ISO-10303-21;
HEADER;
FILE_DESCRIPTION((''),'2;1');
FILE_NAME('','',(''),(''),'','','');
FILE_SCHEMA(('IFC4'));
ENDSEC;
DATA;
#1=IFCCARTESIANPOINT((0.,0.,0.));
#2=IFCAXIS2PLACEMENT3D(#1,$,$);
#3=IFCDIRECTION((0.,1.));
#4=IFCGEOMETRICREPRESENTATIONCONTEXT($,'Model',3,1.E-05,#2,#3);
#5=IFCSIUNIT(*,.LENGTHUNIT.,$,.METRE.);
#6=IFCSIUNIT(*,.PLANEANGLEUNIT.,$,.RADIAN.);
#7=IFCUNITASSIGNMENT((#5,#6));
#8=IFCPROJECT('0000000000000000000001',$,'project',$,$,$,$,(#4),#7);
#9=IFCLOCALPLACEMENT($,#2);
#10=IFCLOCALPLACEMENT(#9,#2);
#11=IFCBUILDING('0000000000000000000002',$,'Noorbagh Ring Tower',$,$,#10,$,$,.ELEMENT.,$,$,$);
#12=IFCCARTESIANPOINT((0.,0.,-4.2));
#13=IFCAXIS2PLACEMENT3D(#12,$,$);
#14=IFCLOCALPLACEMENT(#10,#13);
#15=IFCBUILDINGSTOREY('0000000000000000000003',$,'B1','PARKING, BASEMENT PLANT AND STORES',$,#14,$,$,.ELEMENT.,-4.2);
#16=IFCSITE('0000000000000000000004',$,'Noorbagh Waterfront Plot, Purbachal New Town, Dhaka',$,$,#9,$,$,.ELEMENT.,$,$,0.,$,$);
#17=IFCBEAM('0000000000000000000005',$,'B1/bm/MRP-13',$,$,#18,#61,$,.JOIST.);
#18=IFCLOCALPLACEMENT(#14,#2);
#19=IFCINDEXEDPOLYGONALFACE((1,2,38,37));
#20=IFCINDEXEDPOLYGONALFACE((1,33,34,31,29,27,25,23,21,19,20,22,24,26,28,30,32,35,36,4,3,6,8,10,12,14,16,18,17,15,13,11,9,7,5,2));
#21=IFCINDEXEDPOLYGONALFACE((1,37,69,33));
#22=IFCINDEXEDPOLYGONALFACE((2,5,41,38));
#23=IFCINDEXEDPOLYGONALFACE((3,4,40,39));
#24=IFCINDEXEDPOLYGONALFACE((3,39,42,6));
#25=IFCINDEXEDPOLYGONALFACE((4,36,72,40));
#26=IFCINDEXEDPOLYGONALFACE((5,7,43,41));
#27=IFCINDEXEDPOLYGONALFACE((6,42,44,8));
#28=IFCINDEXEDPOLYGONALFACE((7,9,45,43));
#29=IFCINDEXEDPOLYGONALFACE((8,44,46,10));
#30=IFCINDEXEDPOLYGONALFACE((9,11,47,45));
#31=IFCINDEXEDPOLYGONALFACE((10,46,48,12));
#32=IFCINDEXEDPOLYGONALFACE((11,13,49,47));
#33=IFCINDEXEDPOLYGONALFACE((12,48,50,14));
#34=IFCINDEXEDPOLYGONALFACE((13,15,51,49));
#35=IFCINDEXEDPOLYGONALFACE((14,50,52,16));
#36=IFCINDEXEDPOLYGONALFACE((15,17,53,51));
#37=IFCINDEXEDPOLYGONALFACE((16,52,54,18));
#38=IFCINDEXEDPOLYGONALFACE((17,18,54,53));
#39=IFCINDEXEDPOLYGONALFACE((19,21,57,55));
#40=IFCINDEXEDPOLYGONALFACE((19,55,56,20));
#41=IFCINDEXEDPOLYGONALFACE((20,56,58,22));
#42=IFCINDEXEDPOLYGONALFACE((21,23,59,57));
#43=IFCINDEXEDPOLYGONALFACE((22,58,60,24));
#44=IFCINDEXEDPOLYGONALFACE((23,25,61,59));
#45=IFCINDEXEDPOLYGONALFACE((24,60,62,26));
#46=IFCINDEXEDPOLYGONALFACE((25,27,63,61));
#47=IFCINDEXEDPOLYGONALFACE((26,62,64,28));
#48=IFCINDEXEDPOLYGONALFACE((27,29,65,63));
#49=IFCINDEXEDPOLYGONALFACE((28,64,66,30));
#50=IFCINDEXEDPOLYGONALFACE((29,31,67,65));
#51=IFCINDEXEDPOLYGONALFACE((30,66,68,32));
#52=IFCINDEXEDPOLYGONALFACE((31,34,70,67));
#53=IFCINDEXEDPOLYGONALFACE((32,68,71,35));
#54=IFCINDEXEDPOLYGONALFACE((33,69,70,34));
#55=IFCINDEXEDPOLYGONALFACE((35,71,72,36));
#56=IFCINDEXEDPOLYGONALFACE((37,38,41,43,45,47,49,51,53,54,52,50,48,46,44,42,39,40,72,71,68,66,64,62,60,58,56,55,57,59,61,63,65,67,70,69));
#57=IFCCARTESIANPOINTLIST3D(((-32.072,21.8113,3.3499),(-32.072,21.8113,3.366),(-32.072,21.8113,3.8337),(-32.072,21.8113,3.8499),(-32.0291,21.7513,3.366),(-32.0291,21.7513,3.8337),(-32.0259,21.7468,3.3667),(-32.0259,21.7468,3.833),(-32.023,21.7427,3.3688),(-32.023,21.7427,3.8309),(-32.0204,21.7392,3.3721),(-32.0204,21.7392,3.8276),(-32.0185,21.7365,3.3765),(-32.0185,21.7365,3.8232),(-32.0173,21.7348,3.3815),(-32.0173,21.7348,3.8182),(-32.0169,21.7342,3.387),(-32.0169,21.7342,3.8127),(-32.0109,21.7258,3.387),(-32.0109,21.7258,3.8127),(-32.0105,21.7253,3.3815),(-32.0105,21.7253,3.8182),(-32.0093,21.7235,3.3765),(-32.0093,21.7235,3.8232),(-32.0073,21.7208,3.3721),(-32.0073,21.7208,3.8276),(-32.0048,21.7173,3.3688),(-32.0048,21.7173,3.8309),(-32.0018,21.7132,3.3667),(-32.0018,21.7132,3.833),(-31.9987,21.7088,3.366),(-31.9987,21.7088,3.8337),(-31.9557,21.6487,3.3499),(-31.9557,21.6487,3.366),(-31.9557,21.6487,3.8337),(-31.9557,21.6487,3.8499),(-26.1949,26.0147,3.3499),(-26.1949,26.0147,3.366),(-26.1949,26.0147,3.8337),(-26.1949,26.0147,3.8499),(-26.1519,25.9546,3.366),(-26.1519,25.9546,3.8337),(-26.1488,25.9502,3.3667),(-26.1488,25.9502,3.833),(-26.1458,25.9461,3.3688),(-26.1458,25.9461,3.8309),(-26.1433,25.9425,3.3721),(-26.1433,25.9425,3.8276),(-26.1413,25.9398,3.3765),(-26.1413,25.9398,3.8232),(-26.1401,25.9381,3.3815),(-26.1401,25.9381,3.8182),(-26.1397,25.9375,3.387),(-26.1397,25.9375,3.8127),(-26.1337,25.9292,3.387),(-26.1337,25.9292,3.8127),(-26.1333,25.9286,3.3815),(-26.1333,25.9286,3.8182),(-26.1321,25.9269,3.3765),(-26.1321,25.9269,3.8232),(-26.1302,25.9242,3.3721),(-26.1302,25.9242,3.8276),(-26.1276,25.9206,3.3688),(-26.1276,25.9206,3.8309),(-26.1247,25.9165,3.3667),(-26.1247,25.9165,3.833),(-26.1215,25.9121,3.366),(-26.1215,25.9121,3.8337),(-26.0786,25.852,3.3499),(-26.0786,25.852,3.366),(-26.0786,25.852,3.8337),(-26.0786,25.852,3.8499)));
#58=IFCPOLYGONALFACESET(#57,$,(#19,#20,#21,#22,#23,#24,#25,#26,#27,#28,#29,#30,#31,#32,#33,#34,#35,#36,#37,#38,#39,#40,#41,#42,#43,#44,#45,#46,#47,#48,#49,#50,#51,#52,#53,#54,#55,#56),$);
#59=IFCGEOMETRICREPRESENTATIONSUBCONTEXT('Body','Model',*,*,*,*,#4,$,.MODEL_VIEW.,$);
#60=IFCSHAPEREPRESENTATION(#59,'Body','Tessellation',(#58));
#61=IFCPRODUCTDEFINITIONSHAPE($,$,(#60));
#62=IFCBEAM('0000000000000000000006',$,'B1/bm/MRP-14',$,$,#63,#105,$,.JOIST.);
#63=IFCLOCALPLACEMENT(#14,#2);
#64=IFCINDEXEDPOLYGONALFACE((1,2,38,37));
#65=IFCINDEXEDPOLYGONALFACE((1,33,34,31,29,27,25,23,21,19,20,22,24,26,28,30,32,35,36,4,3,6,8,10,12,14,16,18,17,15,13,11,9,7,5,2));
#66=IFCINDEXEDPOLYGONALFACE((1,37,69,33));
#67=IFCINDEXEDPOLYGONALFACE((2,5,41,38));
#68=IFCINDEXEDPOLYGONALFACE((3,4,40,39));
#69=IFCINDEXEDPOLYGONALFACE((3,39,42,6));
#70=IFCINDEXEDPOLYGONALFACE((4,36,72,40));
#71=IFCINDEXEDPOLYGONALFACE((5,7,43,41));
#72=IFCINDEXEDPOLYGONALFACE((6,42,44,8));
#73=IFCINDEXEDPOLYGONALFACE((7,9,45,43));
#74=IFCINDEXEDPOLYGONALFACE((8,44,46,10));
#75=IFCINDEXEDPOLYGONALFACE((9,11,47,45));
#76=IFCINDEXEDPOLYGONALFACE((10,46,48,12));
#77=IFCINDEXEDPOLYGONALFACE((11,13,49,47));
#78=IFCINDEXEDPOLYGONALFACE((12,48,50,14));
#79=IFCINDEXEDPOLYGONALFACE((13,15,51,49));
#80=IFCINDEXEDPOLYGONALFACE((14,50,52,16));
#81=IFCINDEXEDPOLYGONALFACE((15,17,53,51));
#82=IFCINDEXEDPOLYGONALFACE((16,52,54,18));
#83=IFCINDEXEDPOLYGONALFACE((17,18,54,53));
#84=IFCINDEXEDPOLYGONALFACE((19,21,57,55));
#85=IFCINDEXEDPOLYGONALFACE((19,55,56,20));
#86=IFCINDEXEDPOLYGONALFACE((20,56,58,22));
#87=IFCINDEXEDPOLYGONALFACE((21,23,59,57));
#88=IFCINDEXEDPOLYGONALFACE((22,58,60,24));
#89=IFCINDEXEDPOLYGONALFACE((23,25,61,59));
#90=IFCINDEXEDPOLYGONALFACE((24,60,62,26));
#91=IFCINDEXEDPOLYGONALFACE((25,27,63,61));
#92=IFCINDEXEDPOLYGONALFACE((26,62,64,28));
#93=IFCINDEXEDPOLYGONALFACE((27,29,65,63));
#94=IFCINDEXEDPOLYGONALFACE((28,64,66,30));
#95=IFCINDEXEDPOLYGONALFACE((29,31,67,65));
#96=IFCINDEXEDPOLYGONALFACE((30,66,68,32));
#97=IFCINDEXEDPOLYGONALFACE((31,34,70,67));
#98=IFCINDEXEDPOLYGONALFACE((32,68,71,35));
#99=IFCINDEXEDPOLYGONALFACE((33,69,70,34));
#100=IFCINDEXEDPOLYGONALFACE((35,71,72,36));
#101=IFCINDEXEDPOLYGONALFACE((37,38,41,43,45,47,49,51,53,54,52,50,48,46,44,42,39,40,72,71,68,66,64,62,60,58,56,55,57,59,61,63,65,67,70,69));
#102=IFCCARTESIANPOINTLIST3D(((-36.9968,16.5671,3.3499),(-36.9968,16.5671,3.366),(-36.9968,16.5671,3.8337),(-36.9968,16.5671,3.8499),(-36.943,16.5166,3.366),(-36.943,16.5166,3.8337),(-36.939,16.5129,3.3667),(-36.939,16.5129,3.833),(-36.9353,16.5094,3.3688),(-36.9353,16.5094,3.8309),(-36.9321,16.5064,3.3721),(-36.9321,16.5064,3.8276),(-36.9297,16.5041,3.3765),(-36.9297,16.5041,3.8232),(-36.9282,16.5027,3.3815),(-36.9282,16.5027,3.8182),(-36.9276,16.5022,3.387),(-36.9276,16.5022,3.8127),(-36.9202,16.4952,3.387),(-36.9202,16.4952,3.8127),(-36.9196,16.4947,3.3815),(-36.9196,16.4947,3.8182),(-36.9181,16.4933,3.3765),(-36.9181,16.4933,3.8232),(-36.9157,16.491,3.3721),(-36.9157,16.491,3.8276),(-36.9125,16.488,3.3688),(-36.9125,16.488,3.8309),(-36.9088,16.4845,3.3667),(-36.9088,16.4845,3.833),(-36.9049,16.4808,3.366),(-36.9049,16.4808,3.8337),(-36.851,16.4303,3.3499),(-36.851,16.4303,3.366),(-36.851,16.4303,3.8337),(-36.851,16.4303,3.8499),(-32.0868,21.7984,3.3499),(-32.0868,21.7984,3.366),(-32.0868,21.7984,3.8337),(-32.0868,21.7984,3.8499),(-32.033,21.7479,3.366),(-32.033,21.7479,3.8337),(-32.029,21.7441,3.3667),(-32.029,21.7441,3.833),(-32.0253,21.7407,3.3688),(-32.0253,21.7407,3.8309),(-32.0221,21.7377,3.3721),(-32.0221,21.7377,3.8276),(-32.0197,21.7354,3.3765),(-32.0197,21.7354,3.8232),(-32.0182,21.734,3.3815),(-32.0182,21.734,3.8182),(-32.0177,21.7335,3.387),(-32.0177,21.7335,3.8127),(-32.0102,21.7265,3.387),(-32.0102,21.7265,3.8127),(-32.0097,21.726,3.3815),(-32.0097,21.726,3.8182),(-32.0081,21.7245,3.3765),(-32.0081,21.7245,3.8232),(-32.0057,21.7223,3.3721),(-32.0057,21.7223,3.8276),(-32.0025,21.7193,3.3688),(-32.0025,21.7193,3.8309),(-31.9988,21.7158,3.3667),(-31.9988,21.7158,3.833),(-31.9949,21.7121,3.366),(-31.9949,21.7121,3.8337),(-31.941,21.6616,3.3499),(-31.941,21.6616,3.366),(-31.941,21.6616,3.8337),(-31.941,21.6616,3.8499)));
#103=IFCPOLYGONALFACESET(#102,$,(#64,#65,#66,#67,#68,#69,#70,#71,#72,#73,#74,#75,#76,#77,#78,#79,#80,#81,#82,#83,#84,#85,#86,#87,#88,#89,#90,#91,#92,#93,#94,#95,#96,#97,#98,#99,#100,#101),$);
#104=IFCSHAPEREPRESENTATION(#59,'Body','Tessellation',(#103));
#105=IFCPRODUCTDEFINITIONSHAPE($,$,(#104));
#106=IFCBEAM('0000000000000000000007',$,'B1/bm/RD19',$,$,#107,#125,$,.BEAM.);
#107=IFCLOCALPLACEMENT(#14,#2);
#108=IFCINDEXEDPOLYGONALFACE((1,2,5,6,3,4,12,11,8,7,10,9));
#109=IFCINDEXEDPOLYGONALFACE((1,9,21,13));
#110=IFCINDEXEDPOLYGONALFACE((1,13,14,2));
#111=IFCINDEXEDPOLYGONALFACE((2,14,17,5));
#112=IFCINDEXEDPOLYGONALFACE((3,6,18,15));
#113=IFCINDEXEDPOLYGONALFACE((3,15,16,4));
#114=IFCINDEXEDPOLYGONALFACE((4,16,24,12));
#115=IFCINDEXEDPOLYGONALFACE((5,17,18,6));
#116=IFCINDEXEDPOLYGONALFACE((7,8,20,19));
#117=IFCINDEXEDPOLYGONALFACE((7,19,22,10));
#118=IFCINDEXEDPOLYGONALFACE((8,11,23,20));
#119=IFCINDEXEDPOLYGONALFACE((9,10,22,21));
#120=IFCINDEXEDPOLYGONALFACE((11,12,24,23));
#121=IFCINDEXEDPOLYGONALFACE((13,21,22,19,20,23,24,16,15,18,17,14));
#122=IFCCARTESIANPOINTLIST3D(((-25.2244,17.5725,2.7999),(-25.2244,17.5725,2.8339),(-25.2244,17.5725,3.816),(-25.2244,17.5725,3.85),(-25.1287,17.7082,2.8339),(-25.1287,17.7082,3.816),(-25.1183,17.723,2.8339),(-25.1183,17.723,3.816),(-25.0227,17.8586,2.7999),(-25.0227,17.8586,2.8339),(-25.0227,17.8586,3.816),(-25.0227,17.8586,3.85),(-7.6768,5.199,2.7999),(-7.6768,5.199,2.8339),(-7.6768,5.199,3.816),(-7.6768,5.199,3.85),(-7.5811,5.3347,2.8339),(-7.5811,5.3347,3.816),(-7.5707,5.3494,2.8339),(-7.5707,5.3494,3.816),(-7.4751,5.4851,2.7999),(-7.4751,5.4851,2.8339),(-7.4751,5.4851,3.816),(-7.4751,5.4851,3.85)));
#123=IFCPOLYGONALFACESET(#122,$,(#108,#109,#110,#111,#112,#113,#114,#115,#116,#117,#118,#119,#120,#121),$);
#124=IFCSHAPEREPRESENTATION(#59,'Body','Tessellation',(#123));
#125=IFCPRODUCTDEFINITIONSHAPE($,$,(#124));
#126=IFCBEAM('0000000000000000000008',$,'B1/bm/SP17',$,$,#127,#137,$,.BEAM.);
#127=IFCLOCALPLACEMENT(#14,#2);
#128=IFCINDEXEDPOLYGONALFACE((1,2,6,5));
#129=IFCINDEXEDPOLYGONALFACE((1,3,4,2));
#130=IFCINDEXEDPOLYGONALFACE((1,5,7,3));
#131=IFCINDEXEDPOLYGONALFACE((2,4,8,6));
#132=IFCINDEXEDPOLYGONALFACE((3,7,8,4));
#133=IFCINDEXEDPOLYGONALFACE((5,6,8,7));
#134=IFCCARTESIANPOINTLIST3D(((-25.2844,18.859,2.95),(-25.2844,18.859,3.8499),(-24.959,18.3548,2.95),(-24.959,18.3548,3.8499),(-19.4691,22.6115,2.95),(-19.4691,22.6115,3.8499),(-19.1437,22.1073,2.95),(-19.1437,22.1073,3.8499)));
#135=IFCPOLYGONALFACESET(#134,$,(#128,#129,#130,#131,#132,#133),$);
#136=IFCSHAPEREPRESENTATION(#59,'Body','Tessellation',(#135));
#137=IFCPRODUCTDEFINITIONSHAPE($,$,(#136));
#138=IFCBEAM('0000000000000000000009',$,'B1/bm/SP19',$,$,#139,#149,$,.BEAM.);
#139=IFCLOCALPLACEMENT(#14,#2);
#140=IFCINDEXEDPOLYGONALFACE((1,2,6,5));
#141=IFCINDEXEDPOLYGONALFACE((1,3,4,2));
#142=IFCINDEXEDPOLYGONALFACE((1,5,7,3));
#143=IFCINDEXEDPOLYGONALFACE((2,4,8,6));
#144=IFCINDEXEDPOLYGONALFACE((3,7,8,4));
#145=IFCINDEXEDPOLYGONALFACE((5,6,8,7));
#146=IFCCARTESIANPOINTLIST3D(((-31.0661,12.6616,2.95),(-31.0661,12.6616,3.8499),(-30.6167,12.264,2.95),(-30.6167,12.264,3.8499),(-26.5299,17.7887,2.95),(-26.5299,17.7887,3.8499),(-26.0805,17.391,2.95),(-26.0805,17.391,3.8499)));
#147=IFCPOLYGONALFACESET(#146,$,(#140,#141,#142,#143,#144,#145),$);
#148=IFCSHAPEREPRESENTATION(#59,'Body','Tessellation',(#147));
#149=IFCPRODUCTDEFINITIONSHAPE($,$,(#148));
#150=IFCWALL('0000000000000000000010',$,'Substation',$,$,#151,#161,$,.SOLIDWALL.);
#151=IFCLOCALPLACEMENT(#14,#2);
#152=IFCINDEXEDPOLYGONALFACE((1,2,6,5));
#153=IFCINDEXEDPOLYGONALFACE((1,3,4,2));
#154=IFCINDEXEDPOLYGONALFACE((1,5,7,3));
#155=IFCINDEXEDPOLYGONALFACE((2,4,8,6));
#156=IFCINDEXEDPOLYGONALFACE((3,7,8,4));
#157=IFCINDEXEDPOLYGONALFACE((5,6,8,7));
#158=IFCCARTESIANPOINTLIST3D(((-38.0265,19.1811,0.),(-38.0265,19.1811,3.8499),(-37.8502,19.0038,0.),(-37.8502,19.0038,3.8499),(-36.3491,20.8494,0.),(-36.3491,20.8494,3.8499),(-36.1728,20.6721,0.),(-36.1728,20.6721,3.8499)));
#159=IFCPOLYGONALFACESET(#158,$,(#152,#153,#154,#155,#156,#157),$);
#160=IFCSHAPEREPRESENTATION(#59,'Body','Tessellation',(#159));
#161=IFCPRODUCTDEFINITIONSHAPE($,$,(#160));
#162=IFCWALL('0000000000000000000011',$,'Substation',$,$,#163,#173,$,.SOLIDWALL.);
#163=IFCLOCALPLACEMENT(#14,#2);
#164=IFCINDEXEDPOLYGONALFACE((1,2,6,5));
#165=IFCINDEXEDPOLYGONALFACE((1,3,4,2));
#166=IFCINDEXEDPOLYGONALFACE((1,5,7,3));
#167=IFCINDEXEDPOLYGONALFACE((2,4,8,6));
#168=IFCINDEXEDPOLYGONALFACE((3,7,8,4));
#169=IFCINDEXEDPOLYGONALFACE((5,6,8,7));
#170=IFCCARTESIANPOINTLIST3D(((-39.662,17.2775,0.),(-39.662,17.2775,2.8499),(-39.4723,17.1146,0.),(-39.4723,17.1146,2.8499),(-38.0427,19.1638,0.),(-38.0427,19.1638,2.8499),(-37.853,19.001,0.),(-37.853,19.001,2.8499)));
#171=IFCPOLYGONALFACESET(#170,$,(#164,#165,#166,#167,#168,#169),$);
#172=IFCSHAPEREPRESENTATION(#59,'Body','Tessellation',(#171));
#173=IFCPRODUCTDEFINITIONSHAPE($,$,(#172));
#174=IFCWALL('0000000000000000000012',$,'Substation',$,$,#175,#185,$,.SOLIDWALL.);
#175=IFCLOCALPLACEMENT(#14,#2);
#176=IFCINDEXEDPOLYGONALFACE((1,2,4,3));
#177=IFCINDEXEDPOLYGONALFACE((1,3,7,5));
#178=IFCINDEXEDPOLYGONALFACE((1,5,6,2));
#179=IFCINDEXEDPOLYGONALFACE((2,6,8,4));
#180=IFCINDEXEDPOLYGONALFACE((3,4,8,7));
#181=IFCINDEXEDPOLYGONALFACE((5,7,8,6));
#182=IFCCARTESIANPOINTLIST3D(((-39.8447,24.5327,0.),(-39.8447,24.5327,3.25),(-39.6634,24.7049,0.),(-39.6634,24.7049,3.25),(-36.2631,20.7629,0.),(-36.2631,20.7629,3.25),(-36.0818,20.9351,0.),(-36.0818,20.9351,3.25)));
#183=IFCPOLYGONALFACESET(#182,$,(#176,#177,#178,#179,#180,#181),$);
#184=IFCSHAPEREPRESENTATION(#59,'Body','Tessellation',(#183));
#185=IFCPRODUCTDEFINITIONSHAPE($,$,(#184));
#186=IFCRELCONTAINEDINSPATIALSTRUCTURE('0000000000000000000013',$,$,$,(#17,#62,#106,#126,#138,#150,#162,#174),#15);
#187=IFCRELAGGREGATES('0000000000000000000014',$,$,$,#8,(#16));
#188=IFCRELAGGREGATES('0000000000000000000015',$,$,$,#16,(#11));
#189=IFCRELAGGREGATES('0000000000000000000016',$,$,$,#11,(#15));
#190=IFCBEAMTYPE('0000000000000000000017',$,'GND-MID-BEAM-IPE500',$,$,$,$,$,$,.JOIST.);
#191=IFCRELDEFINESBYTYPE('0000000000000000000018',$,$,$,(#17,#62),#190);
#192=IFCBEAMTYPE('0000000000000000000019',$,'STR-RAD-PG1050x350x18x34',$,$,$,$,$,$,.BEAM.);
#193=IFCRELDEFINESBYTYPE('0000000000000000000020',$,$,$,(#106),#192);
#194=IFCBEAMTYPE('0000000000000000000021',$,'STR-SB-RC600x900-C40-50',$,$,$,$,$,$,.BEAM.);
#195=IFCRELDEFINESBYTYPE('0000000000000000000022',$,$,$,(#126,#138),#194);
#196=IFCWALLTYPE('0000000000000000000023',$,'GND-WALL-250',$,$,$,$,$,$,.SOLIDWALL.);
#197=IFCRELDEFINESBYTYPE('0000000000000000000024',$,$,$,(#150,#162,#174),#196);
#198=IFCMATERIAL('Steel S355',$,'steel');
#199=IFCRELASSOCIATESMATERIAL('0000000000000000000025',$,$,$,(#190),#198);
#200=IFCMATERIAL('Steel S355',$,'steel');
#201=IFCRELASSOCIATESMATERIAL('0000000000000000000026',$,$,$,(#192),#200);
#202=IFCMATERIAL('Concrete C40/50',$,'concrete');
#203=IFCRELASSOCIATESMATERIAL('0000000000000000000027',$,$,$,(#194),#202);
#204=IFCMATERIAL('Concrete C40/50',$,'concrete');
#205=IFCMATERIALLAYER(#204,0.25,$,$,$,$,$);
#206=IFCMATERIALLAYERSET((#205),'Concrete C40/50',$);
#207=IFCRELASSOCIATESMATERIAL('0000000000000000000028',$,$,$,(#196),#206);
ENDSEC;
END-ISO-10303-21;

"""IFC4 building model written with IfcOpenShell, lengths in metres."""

from ifc_helpers import new_model, si_unit, direction, frame, frame_2d, origin, origin_2d, place, context, subcontext, project, spatial, rectangle, i_section, extrude, material, layer, layer_set, material_profile, profile_set, type_object, element, save


model = new_model("IFC4")

# Units and contexts
model_context = context("Model", 3, precision=1e-05, world=origin(), true_north=direction((0.0, 1.0)))
body_context = subcontext(model_context, "Body", "Model", "MODEL_VIEW")
ifc_project = project(units=[si_unit("LENGTHUNIT", "METRE"), si_unit("PLANEANGLEUNIT", "RADIAN")], contexts=[model_context])

# Site, building, storey
site_placement = place(None, origin())
site = spatial("IfcSite", under=ifc_project, at=site_placement, Name="Noorbagh Waterfront Plot, Purbachal New Town, Dhaka", CompositionType="ELEMENT", RefElevation=0.0)
building_placement = place(site_placement, origin())
building = spatial("IfcBuilding", under=site, at=building_placement, Name="Noorbagh Ring Tower", CompositionType="ELEMENT")
storey_placement = place(building_placement, frame((0.0, 0.0, -4.2)))
storey = spatial("IfcBuildingStorey", under=building, at=storey_placement, Name="B1", Description="PARKING, BASEMENT PLANT AND STORES", CompositionType="ELEMENT", Elevation=-4.2)

# Beams
ifc_material_1 = material(Name="Steel S355", Category="steel")
ifc_material_profile_1 = material_profile(ifc_material_1, i_section(OverallWidth=0.2, OverallDepth=0.5, WebThickness=0.0103, FlangeThickness=0.0161, FilletRadius=0.021, at=origin_2d()), Name="IPE500")
ifc_profile_set_1 = profile_set([ifc_material_profile_1], Name="Steel S355")
beam_type_1 = type_object("IfcBeamType", Name="GND-MID-BEAM-IPE500", PredefinedType="JOIST", material=ifc_profile_set_1)
beam_1_placement = place(storey_placement, frame((-26.1367, 25.9333, 3.5999), z_axis=(-0.813382, -0.58173, 0.0), x_axis=(0.58173, -0.813382, 0.0)))
element("IfcBeam", 1, at=beam_1_placement, inside=storey, type_object=beam_type_1, Name="B1/bm/MRP-13", PredefinedType="JOIST", context=body_context, shape_type="SweptSolid", body=[
    extrude(i_section(OverallWidth=0.2, OverallDepth=0.5, WebThickness=0.0103, FlangeThickness=0.0161, FilletRadius=0.021, at=origin_2d()), origin(), (0.0, 0.0, 1.0), 7.2256),
])
beam_2_placement = place(storey_placement, frame((-32.0139, 21.73, 3.5999), z_axis=(-0.684361, -0.729143, 0.0), x_axis=(0.729143, -0.684361, 0.0)))
element("IfcBeam", 2, at=beam_2_placement, inside=storey, type_object=beam_type_1, Name="B1/bm/MRP-14", PredefinedType="JOIST", context=body_context, shape_type="SweptSolid", body=[
    extrude(i_section(OverallWidth=0.2, OverallDepth=0.5, WebThickness=0.0103, FlangeThickness=0.0161, FilletRadius=0.021, at=origin_2d()), origin(), (0.0, 0.0, 1.0), 7.1746),
])
ifc_material_2 = material(Name="Steel S355", Category="steel")
ifc_material_profile_2 = material_profile(ifc_material_2, i_section(OverallWidth=0.3501, OverallDepth=1.05, WebThickness=0.0181, FlangeThickness=0.0339, at=origin_2d()), Name="PG1050x350x18x34")
ifc_profile_set_2 = profile_set([ifc_material_profile_2], Name="Steel S355")
beam_type_2 = type_object("IfcBeamType", Name="STR-RAD-PG1050x350x18x34", PredefinedType="BEAM", material=ifc_profile_set_2)
beam_3_placement = place(storey_placement, frame((-25.1235, 17.7156, 3.325), z_axis=(0.817253, -0.576279, 0.0), x_axis=(0.576279, 0.817253, 0.0)))
element("IfcBeam", 3, at=beam_3_placement, inside=storey, type_object=beam_type_2, Name="B1/bm/RD19", PredefinedType="BEAM", context=body_context, shape_type="SweptSolid", body=[
    extrude(i_section(OverallWidth=0.3501, OverallDepth=1.05, WebThickness=0.0181, FlangeThickness=0.0339, at=origin_2d()), origin(), (0.0, 0.0, 1.0), 21.4714),
])
ifc_material_3 = material(Name="Concrete C40/50", Category="concrete")
ifc_material_profile_3 = material_profile(ifc_material_3, rectangle(XDim=0.6001, YDim=0.8999, at=origin_2d()), Name="RC600x900")
ifc_profile_set_3 = profile_set([ifc_material_profile_3], Name="Concrete C40/50")
beam_type_3 = type_object("IfcBeamType", Name="STR-SB-RC600x900-C40-50", PredefinedType="BEAM", material=ifc_profile_set_3)
beam_4_placement = place(storey_placement, frame((-19.3064, 22.3594, 3.3999), z_axis=(-0.84025, -0.542199, 0.0), x_axis=(0.542199, -0.84025, 0.0)))
element("IfcBeam", 4, at=beam_4_placement, inside=storey, type_object=beam_type_3, Name="B1/bm/SP17", PredefinedType="BEAM", context=body_context, shape_type="SweptSolid", body=[
    extrude(rectangle(XDim=0.6001, YDim=0.8999, at=origin_2d()), origin(), (0.0, 0.0, 1.0), 6.9209),
])
beam_5_placement = place(storey_placement, frame((-26.3052, 17.5898, 3.3999), z_axis=(-0.662635, -0.748942, 0.0), x_axis=(0.748942, -0.662635, 0.0)))
element("IfcBeam", 5, at=beam_5_placement, inside=storey, type_object=beam_type_3, Name="B1/bm/SP19", PredefinedType="BEAM", context=body_context, shape_type="SweptSolid", body=[
    extrude(rectangle(XDim=0.6001, YDim=0.8999, at=origin_2d()), origin(), (0.0, 0.0, 1.0), 6.8457),
])

# Walls
ifc_material_4 = material(Name="Concrete C40/50", Category="concrete")
ifc_layer_1 = layer(ifc_material_4, 0.25)
ifc_layer_set_1 = layer_set([ifc_layer_1], Name="Concrete C40/50")
wall_type_1 = type_object("IfcWallType", Name="GND-WALL-250", PredefinedType="SOLIDWALL", material=ifc_layer_set_1)
wall_1_placement = place(storey_placement, frame((-36.261, 20.7607, 0.0), z_axis=(0.0, 0.0, 1.0), x_axis=(-0.709013, -0.705195, 0.0)))
element("IfcWall", 6, at=wall_1_placement, inside=storey, type_object=wall_type_1, Name="Substation", PredefinedType="SOLIDWALL", context=body_context, shape_type="SweptSolid", body=[
    extrude(rectangle(XDim=2.3657, YDim=0.25, at=frame_2d((1.1829, 0.0))), origin(), (0.0, 0.0, 1.0), 3.8499),
])
wall_2_placement = place(storey_placement, frame((-37.9478, 19.0825, 0.0), z_axis=(0.0, 0.0, 1.0), x_axis=(-0.651349, -0.758778, 0.0)))
element("IfcWall", 7, at=wall_2_placement, inside=storey, type_object=wall_type_1, Name="Substation", PredefinedType="SOLIDWALL", context=body_context, shape_type="SweptSolid", body=[
    extrude(rectangle(XDim=2.4861, YDim=0.25, at=frame_2d((1.2432, 0.0))), origin(), (0.0, 0.0, 1.0), 2.8499),
])
wall_3_placement = place(storey_placement, frame((-36.1724, 20.8489, 0.0), z_axis=(0.0, 0.0, 1.0), x_axis=(-0.688775, 0.724975, 0.0)))
element("IfcWall", 8, at=wall_3_placement, inside=storey, type_object=wall_type_1, Name="Substation", PredefinedType="SOLIDWALL", context=body_context, shape_type="SweptSolid", body=[
    extrude(rectangle(XDim=5.2, YDim=0.25, at=frame_2d((2.6001, 0.0))), origin(), (0.0, 0.0, 1.0), 3.25),
])

save(model, "model.ifc")
